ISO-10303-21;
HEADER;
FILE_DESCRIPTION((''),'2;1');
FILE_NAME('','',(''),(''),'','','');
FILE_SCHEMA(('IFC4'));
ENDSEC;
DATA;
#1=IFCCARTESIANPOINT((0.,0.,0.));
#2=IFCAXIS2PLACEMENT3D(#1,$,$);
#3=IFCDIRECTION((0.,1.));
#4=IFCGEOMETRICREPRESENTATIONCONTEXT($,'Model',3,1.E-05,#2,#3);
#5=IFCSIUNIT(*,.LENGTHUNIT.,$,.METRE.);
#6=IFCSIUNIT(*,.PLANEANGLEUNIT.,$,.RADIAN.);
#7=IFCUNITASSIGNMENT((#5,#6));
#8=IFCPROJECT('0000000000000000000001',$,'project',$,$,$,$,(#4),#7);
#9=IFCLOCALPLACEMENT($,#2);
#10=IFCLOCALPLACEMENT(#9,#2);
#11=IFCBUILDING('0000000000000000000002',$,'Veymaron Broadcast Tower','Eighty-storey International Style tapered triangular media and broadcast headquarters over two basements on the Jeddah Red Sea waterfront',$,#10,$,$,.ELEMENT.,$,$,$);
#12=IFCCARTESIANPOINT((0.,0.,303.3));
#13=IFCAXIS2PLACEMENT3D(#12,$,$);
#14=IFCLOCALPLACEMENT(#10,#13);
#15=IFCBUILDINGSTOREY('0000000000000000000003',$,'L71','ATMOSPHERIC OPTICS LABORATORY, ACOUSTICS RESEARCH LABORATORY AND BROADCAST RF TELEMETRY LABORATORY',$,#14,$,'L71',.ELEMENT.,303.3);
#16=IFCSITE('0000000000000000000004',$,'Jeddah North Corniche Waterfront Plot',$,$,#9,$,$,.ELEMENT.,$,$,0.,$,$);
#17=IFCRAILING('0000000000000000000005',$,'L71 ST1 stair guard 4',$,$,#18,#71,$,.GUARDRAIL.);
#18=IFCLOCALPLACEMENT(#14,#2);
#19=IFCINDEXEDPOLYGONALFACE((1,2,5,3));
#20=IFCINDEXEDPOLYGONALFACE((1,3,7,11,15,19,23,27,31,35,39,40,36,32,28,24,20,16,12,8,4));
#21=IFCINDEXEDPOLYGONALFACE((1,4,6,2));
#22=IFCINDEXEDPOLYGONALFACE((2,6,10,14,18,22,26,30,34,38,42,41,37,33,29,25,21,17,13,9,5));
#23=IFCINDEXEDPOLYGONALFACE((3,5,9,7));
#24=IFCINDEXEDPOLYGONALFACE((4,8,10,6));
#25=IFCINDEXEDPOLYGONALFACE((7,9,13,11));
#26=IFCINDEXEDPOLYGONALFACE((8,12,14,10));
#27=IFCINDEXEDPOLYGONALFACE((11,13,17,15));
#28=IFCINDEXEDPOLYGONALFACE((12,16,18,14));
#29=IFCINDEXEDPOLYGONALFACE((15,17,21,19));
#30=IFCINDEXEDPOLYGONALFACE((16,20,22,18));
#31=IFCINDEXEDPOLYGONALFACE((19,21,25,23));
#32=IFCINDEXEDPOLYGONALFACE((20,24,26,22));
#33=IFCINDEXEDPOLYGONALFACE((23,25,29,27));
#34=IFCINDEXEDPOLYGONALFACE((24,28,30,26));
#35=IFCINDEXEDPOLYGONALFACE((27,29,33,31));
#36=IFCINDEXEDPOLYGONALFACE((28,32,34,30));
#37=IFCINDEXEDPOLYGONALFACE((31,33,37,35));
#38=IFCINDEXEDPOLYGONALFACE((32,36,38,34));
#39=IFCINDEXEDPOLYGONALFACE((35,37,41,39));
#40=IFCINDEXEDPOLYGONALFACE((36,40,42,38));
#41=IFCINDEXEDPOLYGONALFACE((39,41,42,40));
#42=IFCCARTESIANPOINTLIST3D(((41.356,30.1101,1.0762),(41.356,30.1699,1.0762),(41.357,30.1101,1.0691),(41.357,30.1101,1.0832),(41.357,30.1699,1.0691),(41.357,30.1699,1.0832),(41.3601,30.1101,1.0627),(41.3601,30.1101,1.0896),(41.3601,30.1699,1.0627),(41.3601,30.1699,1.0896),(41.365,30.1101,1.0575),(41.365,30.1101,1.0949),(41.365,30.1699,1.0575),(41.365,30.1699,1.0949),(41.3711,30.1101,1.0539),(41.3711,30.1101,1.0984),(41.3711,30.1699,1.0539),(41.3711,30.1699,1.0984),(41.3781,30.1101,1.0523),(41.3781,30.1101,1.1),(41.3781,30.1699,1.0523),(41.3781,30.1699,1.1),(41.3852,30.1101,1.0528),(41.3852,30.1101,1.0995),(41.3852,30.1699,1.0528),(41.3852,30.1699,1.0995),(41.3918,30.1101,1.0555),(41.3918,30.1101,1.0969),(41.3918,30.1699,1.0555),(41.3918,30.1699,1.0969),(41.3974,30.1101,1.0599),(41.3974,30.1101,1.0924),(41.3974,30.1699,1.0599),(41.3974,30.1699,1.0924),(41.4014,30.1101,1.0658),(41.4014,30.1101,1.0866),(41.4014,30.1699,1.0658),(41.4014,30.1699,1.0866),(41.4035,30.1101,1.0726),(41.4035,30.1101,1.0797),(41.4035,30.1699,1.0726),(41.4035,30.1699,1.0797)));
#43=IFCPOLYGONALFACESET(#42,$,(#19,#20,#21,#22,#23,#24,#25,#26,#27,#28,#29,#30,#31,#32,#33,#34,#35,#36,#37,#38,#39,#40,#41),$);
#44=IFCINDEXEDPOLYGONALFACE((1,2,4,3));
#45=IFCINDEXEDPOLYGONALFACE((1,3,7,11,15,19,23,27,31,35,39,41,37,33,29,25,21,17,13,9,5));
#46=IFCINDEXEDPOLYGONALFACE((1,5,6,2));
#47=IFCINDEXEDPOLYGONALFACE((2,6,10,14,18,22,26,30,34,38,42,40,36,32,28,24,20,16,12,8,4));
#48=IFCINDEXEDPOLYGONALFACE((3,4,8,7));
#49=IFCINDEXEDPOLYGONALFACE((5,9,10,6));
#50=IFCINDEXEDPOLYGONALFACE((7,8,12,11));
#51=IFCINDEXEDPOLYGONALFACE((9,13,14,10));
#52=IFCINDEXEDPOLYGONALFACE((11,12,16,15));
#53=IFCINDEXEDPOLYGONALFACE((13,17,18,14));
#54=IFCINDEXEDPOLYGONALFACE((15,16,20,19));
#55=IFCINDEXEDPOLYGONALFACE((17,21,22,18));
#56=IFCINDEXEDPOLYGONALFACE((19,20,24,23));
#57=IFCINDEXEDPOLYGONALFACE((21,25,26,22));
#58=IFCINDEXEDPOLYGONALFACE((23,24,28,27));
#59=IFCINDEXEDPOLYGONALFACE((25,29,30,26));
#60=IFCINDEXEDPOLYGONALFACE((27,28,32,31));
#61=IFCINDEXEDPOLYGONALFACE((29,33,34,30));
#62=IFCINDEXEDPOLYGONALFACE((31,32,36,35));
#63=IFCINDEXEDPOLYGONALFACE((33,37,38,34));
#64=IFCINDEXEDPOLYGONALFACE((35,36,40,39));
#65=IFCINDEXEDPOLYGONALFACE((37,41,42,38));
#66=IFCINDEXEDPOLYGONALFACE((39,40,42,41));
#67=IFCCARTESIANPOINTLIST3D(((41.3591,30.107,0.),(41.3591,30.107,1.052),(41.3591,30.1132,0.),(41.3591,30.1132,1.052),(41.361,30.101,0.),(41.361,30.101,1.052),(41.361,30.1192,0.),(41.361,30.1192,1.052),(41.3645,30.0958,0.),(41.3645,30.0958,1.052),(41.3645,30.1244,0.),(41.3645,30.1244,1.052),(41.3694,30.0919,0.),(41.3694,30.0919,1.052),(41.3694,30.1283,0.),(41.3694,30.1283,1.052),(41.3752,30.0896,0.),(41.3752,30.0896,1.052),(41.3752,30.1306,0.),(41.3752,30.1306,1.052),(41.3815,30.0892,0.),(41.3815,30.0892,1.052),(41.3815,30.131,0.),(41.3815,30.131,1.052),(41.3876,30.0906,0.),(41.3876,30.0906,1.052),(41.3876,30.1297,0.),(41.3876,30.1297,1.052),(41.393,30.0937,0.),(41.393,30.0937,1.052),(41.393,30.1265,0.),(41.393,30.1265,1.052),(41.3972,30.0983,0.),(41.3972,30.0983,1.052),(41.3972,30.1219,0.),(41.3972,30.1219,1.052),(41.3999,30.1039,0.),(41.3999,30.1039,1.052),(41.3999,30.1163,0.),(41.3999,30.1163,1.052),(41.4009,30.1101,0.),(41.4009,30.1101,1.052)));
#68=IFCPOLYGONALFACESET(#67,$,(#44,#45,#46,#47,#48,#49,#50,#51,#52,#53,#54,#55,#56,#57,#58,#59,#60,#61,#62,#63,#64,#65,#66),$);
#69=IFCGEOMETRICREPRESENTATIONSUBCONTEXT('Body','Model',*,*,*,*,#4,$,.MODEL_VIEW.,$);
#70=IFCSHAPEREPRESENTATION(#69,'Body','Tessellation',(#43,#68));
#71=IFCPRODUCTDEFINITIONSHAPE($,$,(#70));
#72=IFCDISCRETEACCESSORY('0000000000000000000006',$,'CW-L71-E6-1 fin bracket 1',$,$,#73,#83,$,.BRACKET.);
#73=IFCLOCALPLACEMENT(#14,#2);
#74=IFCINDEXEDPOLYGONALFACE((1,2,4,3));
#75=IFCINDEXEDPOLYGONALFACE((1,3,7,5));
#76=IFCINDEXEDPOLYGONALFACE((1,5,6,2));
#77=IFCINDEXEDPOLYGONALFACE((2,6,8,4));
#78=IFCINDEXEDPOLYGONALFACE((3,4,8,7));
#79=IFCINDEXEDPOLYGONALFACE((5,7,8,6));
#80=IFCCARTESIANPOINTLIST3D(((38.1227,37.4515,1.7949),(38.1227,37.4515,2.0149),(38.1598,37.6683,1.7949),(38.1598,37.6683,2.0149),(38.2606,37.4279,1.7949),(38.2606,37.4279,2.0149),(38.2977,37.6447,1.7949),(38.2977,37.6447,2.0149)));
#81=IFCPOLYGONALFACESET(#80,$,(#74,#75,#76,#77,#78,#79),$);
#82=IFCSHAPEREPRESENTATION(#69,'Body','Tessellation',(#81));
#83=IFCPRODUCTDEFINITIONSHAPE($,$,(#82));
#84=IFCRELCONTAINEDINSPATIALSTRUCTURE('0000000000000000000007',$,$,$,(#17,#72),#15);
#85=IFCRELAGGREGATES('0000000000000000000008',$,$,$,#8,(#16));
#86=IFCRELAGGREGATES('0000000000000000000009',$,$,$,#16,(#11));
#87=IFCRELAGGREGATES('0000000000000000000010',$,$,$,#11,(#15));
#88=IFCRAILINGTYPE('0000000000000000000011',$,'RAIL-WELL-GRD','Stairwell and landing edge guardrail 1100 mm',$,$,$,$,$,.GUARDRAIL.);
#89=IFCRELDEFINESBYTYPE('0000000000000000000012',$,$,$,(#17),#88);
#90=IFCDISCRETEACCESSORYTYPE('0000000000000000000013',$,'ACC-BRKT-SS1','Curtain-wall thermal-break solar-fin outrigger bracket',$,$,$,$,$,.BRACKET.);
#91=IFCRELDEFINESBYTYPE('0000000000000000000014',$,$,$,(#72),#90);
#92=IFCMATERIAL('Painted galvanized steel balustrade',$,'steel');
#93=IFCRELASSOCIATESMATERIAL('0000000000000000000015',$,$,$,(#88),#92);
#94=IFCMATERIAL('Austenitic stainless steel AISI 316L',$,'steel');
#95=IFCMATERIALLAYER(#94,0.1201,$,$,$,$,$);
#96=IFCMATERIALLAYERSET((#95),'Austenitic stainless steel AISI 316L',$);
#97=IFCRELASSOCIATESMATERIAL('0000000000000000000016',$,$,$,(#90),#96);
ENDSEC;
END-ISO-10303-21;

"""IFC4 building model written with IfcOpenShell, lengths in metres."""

from ifc_helpers import new_model, si_unit, direction, frame, origin, origin_2d, place, context, subcontext, project, spatial, rectangle, circle, extrude, material, layer, layer_set, type_object, element, save


model = new_model("IFC4")

# Units and contexts
model_context = context("Model", 3, precision=1e-05, world=origin(), true_north=direction((0.0, 1.0)))
body_context = subcontext(model_context, "Body", "Model", "MODEL_VIEW")
ifc_project = project(units=[si_unit("LENGTHUNIT", "METRE"), si_unit("PLANEANGLEUNIT", "RADIAN")], contexts=[model_context])

# Site, building, storey
site_placement = place(None, origin())
site = spatial("IfcSite", under=ifc_project, at=site_placement, Name="Jeddah North Corniche Waterfront Plot", CompositionType="ELEMENT", RefElevation=0.0)
building_placement = place(site_placement, origin())
building = spatial("IfcBuilding", under=site, at=building_placement, Name="Veymaron Broadcast Tower", Description="Eighty-storey International Style tapered triangular media and broadcast headquarters over two basements on the Jeddah Red Sea waterfront", CompositionType="ELEMENT")
storey_placement = place(building_placement, frame((0.0, 0.0, 303.3)))
storey = spatial("IfcBuildingStorey", under=building, at=storey_placement, Name="L71", Description="ATMOSPHERIC OPTICS LABORATORY, ACOUSTICS RESEARCH LABORATORY AND BROADCAST RF TELEMETRY LABORATORY", LongName="L71", CompositionType="ELEMENT", Elevation=303.3)

# Railing
ifc_material_1 = material(Name="Painted galvanized steel balustrade", Category="steel")
railing_type_1 = type_object("IfcRailingType", Name="RAIL-WELL-GRD", Description="Stairwell and landing edge guardrail 1100 mm", PredefinedType="GUARDRAIL", material=ifc_material_1)
railing_1_placement = place(storey_placement, frame((41.3799, 30.1101, 0.0)))
element("IfcRailing", 1, at=railing_1_placement, inside=storey, type_object=railing_type_1, Name="L71 ST1 stair guard 4", PredefinedType="GUARDRAIL", context=body_context, shape_type="SweptSolid", body=[
    extrude(circle(Radius=0.0239, at=origin_2d()), frame((0.0, 0.0, 1.0762), z_axis=(0.0, 1.0, 0.0), x_axis=(-1.0, 0.0, 0.0)), (0.0, 0.0, 1.0), 0.0598),
    extrude(circle(Radius=0.021, at=origin_2d()), origin(), (0.0, 0.0, 1.0), 1.052),
])

# Discrete accessory
ifc_material_2 = material(Name="Austenitic stainless steel AISI 316L", Category="steel")
ifc_layer_1 = layer(ifc_material_2, 0.1201)
ifc_layer_set_1 = layer_set([ifc_layer_1], Name="Austenitic stainless steel AISI 316L")
discrete_accessory_type = type_object("IfcDiscreteAccessoryType", Name="ACC-BRKT-SS1", Description="Curtain-wall thermal-break solar-fin outrigger bracket", PredefinedType="BRACKET", material=ifc_layer_set_1)
discrete_accessory_placement = place(storey_placement, frame((38.2102, 37.5481, 1.7949), z_axis=(0.0, 0.0, 1.0), x_axis=(0.168524, 0.985698, 0.0)))
element("IfcDiscreteAccessory", 2, at=discrete_accessory_placement, inside=storey, type_object=discrete_accessory_type, Name="CW-L71-E6-1 fin bracket 1", PredefinedType="BRACKET", context=body_context, shape_type="SweptSolid", body=[
    extrude(rectangle(XDim=0.22, YDim=0.1399, at=origin_2d()), origin(), (0.0, 0.0, 1.0), 0.22),
])

save(model, "model.ifc")
